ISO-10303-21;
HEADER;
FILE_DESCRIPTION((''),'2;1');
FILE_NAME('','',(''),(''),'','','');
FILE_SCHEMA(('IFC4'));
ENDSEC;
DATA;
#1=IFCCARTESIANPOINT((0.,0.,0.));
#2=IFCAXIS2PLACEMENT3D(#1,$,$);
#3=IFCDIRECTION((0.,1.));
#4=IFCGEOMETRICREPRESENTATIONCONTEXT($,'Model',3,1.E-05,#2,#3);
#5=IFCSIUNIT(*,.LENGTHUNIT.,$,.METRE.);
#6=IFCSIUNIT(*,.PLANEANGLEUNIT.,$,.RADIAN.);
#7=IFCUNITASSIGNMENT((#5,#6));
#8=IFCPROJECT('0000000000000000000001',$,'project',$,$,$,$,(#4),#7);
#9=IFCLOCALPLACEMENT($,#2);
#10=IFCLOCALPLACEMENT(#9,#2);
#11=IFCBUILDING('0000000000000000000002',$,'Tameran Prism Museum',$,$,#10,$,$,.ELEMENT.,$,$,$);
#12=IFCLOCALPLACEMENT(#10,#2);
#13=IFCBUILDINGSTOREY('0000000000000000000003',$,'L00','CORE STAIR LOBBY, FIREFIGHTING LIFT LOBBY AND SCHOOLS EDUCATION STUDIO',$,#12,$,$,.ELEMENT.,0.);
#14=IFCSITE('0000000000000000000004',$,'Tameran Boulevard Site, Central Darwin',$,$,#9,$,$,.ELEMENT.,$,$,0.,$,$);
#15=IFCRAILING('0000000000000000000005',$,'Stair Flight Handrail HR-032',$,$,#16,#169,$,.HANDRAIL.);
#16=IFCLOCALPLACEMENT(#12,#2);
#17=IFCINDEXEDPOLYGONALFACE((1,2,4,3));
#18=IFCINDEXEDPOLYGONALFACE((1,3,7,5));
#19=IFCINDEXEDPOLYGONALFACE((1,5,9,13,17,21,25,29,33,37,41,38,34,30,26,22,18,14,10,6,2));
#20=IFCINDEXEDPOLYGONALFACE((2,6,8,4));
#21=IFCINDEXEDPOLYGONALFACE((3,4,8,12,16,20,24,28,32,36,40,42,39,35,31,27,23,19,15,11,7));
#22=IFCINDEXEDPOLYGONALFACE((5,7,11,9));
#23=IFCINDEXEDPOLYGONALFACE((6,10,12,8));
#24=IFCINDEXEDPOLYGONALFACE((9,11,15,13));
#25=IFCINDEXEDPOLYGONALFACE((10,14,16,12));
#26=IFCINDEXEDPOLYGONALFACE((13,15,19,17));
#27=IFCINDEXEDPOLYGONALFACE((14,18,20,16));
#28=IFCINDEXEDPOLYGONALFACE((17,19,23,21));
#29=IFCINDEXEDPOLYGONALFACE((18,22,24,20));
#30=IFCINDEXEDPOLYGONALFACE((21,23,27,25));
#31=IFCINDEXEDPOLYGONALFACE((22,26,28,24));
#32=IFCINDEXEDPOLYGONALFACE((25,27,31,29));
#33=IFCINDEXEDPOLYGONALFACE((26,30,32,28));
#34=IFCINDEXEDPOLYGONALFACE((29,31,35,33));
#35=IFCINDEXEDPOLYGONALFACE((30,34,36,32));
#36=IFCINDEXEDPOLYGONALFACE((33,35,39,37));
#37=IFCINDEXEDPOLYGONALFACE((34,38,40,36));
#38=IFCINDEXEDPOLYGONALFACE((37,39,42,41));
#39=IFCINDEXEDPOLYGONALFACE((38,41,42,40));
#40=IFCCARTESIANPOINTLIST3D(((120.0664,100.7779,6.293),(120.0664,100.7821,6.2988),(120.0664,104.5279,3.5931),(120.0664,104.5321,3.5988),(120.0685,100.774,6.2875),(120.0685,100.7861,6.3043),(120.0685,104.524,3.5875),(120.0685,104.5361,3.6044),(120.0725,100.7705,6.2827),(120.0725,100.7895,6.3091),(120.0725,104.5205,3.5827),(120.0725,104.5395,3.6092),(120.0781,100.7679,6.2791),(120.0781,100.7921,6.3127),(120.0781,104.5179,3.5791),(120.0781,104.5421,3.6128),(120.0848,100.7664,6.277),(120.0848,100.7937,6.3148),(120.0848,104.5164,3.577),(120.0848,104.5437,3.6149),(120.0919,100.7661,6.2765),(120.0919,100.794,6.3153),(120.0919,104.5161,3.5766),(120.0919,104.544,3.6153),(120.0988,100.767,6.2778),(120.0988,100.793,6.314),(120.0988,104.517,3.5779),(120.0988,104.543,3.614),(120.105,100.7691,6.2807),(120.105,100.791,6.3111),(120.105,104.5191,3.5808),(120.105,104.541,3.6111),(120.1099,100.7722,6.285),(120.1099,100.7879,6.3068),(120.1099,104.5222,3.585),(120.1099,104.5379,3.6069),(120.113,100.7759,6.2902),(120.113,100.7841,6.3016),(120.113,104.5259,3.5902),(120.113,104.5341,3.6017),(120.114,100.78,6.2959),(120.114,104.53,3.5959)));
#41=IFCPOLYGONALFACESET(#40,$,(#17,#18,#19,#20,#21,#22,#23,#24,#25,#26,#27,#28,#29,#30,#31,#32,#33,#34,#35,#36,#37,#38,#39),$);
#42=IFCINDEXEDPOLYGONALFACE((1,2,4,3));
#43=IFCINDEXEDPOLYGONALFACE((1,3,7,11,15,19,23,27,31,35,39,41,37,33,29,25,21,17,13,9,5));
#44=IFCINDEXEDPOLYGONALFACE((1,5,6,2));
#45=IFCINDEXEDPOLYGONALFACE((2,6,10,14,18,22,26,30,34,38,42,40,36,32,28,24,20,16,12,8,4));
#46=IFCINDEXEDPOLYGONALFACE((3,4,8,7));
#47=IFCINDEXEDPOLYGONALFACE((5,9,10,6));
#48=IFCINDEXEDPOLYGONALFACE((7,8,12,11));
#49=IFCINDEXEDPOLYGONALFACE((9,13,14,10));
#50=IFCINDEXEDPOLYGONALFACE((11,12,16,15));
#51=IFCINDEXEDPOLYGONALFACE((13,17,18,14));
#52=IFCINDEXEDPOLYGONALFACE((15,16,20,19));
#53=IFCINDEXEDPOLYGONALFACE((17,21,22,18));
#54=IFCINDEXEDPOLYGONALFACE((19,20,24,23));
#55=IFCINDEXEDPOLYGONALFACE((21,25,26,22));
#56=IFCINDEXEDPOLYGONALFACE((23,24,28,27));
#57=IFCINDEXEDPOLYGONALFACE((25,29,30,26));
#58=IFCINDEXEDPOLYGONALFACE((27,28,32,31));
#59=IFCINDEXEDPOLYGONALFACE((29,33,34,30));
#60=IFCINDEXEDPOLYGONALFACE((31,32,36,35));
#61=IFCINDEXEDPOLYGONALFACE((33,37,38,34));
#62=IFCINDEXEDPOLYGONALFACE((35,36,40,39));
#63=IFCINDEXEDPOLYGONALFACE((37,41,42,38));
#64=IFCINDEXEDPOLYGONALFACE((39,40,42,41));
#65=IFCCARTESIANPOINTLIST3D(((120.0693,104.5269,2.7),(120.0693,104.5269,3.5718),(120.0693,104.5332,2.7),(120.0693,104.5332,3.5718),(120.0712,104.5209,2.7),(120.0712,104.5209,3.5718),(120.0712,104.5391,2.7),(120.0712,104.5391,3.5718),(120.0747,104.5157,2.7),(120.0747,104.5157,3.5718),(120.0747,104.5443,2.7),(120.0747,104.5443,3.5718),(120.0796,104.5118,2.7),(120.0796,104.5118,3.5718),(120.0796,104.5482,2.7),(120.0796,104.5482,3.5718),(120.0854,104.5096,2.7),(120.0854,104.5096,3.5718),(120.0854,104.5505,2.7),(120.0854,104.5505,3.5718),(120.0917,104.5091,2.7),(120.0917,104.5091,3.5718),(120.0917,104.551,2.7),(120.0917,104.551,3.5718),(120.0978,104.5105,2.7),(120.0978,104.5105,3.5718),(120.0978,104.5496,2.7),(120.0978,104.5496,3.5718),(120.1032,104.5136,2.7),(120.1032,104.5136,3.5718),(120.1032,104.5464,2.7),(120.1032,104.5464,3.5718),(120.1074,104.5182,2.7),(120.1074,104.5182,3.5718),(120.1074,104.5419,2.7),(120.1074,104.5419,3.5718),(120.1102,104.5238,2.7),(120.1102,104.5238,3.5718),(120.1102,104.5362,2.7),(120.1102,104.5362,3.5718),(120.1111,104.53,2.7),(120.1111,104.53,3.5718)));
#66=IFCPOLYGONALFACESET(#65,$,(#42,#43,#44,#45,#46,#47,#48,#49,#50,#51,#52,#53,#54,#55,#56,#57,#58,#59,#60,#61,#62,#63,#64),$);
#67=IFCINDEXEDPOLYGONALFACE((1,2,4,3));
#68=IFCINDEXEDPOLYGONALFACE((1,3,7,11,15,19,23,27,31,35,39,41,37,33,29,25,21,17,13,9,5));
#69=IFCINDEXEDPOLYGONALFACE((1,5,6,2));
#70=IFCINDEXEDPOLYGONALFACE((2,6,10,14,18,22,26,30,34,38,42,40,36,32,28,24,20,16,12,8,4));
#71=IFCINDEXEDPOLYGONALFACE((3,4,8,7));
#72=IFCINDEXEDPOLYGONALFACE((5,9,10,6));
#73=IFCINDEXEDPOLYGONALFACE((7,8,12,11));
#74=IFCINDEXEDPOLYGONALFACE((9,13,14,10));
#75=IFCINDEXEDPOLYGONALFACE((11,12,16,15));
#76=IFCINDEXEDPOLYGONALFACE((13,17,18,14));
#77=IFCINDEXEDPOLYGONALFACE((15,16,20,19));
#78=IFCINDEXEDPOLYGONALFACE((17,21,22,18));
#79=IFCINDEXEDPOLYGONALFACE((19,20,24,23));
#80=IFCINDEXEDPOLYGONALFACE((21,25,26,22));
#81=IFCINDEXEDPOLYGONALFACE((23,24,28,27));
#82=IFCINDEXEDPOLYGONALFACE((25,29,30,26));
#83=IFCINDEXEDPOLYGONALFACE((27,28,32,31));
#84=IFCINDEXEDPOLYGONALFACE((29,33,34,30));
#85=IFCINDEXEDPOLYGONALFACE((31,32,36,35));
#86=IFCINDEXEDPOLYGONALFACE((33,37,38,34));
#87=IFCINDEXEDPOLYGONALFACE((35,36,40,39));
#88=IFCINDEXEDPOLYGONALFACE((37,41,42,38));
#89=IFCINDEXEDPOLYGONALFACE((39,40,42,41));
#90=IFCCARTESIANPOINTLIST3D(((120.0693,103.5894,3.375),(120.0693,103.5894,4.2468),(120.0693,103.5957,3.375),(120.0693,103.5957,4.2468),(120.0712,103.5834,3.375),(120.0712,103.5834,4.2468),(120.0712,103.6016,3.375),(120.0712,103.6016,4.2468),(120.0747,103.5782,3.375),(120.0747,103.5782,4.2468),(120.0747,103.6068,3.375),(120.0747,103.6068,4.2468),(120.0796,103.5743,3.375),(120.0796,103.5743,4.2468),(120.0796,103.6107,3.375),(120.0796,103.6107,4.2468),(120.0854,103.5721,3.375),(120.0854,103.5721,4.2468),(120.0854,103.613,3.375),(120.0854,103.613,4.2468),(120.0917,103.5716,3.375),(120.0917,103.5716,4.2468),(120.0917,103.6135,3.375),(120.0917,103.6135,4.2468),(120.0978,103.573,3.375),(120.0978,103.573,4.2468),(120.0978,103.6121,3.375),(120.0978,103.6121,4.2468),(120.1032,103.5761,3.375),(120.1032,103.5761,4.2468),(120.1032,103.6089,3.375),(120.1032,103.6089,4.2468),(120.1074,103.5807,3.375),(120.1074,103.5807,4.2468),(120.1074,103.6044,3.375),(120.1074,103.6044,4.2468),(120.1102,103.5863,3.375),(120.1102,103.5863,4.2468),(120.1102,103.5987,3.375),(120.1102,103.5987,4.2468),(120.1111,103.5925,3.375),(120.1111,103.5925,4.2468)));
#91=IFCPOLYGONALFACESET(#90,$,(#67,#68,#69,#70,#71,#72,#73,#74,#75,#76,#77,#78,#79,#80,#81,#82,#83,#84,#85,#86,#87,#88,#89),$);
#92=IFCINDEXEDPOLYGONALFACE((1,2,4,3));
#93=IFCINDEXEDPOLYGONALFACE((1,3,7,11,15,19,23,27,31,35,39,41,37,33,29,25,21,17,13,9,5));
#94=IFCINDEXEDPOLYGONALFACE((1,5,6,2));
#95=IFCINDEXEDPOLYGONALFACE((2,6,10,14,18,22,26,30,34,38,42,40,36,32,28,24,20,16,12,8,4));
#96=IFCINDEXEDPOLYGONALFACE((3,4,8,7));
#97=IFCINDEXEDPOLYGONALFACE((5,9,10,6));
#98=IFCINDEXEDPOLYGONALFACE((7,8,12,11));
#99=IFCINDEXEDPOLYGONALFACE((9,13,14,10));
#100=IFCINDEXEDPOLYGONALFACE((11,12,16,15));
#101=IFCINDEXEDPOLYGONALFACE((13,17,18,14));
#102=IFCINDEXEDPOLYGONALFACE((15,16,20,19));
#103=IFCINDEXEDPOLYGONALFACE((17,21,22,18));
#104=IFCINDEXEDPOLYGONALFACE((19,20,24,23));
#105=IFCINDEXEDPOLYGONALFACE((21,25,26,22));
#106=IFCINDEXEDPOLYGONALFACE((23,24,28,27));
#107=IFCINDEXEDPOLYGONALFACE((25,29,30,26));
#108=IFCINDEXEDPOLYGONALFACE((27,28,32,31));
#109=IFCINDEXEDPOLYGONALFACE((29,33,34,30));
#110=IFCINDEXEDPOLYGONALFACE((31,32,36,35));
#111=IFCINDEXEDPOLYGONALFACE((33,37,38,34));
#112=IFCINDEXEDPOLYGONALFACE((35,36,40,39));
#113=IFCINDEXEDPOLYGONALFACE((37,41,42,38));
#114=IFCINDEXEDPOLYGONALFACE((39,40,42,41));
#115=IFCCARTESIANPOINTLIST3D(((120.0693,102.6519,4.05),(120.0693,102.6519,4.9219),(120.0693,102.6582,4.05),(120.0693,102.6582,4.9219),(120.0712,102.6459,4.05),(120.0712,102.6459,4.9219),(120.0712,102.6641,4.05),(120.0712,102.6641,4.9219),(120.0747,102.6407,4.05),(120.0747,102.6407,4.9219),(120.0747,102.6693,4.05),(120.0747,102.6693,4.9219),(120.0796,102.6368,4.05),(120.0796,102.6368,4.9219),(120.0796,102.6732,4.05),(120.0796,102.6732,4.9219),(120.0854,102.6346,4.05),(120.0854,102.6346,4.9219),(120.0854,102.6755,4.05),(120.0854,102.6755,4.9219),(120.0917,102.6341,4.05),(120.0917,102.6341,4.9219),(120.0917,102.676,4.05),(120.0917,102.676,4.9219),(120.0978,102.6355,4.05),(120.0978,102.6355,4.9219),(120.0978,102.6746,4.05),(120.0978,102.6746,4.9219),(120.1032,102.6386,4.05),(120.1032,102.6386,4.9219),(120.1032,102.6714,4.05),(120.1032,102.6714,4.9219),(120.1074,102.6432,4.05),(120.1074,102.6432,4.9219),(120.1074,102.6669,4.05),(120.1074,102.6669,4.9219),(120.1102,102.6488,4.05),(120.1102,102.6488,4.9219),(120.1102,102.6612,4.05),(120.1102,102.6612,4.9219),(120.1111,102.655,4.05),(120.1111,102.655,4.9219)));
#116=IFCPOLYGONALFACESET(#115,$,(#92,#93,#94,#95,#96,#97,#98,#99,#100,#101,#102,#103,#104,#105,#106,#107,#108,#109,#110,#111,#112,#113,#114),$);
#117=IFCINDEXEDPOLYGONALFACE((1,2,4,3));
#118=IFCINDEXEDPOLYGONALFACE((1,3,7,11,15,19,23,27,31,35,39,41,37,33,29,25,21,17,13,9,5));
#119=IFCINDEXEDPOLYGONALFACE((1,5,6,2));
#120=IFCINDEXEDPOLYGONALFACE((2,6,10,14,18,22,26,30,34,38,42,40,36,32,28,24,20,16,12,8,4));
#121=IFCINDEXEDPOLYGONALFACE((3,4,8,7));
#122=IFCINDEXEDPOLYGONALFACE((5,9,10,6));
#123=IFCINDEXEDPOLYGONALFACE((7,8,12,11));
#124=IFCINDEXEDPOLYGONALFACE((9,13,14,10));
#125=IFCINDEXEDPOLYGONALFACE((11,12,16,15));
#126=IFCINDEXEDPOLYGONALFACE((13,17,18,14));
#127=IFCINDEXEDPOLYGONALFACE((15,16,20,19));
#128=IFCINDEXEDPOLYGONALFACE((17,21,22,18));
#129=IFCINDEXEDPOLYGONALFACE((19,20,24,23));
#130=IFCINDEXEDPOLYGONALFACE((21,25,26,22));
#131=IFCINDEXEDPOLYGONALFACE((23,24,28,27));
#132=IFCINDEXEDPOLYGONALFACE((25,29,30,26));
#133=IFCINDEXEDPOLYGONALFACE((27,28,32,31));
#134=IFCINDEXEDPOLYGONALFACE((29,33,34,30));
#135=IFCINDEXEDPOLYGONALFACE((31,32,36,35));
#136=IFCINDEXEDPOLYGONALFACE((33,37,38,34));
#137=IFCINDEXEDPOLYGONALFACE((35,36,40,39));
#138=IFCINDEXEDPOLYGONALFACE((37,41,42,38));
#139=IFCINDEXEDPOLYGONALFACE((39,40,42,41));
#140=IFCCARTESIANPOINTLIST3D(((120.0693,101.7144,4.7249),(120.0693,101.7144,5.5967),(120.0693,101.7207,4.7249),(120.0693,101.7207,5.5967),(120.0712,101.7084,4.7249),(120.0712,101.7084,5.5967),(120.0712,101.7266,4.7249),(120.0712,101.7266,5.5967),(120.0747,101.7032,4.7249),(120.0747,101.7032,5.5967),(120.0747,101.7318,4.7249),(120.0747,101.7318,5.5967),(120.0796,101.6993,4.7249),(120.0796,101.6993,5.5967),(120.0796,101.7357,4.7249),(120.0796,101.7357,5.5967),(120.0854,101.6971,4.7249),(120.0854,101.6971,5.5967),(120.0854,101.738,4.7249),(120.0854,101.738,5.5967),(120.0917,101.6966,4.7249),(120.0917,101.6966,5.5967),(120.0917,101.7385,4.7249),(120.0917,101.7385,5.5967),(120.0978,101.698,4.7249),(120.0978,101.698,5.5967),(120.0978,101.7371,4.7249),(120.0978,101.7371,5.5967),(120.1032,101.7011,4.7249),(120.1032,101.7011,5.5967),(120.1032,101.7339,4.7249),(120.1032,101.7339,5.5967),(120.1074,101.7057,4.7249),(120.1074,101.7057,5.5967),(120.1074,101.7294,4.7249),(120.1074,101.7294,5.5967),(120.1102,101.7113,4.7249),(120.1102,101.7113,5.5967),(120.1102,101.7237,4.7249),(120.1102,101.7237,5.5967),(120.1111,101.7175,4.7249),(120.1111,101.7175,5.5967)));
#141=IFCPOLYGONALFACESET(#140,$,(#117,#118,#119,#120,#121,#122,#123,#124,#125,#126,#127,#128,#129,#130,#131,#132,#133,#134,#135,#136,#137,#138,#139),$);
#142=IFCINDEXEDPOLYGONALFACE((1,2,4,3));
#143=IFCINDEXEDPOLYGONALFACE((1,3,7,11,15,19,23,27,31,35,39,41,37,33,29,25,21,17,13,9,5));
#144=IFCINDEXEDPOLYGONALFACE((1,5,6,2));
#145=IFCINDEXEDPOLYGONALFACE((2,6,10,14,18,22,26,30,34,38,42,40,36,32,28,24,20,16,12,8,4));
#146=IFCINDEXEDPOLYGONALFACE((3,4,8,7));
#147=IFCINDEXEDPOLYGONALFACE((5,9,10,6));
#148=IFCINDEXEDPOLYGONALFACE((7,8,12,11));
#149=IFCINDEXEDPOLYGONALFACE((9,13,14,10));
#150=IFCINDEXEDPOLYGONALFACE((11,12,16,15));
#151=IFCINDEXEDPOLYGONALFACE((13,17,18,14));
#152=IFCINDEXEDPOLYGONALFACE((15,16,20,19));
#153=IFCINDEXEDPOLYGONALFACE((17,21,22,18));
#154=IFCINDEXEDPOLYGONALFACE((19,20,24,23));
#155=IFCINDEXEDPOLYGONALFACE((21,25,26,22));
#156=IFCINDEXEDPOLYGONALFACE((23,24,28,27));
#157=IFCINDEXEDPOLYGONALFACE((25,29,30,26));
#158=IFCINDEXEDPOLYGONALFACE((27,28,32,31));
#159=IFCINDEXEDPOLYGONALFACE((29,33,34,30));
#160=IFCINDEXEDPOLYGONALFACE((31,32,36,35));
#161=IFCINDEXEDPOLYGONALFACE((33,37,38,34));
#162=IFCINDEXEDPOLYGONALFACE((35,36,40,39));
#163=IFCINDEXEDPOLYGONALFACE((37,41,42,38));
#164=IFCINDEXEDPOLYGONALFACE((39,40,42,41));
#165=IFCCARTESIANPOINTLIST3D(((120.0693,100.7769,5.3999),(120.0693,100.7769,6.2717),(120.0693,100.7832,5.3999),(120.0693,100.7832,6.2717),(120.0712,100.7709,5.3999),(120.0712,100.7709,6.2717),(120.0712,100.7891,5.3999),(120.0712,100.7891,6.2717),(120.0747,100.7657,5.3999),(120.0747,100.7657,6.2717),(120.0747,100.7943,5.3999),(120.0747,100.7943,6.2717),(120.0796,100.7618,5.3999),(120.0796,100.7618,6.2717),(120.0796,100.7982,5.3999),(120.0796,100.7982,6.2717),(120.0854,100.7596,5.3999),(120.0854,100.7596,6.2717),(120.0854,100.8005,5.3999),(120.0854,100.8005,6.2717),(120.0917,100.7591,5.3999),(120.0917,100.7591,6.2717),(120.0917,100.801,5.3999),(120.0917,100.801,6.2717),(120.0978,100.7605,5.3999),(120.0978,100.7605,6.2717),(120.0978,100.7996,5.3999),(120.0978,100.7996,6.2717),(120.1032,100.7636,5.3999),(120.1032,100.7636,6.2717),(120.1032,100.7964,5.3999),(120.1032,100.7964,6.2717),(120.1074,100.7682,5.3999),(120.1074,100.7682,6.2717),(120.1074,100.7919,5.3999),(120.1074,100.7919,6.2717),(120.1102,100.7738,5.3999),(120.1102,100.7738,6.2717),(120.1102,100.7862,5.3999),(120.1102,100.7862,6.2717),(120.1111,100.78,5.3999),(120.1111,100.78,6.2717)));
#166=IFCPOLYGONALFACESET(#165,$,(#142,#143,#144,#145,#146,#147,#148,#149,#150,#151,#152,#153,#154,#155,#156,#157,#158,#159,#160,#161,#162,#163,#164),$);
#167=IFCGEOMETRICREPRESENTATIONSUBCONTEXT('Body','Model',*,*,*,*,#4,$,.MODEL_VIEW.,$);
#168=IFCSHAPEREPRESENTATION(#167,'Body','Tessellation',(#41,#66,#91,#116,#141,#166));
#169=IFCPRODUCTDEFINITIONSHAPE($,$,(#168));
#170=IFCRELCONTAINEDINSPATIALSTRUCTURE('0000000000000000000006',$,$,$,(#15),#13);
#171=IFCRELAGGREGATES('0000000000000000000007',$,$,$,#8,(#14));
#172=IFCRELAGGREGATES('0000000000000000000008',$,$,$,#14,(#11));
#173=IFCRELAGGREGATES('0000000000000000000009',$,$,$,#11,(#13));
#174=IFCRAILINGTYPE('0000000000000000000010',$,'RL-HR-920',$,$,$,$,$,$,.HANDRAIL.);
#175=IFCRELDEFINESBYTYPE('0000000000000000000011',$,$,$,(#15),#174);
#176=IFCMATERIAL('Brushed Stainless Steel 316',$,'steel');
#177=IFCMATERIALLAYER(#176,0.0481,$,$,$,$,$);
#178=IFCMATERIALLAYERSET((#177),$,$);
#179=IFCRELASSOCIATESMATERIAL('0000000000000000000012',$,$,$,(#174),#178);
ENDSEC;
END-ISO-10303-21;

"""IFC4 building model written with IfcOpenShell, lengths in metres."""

from ifc_helpers import new_model, si_unit, direction, frame, origin, origin_2d, place, context, subcontext, project, spatial, circle, extrude, material, layer, layer_set, type_object, element, save


model = new_model("IFC4")

# Units and contexts
model_context = context("Model", 3, precision=1e-05, world=origin(), true_north=direction((0.0, 1.0)))
body_context = subcontext(model_context, "Body", "Model", "MODEL_VIEW")
ifc_project = project(units=[si_unit("LENGTHUNIT", "METRE"), si_unit("PLANEANGLEUNIT", "RADIAN")], contexts=[model_context])

# Site, building, storey
site_placement = place(None, origin())
site = spatial("IfcSite", under=ifc_project, at=site_placement, Name="Tameran Boulevard Site, Central Darwin", CompositionType="ELEMENT", RefElevation=0.0)
building_placement = place(site_placement, origin())
building = spatial("IfcBuilding", under=site, at=building_placement, Name="Tameran Prism Museum", CompositionType="ELEMENT")
storey_placement = place(building_placement, origin())
storey = spatial("IfcBuildingStorey", under=building, at=storey_placement, Name="L00", Description="CORE STAIR LOBBY, FIREFIGHTING LIFT LOBBY AND SCHOOLS EDUCATION STUDIO", CompositionType="ELEMENT", Elevation=0.0)

# Railing
ifc_material_1 = material(Name="Brushed Stainless Steel 316", Category="steel")
ifc_layer_1 = layer(ifc_material_1, 0.0481)
ifc_layer_set_1 = layer_set([ifc_layer_1])
railing_type_1 = type_object("IfcRailingType", Name="RL-HR-920", PredefinedType="HANDRAIL", material=ifc_layer_set_1)
railing_1_placement = place(storey_placement, frame((120.0901, 104.53, 2.7)))
element("IfcRailing", 1, at=railing_1_placement, inside=storey, type_object=railing_type_1, Name="Stair Flight Handrail HR-032", PredefinedType="HANDRAIL", context=body_context, shape_type="SweptSolid", body=[
    extrude(circle(Radius=0.0239, at=origin_2d()), frame((0.0, 0.0, 0.896), z_axis=(0.0, -0.811539, 0.584298), x_axis=(1.0, 0.0, 0.0)), (0.0, 0.0, 1.0), 4.6208),
    extrude(circle(Radius=0.021, at=origin_2d()), origin(), (0.0, 0.0, 1.0), 0.8718),
    extrude(circle(Radius=0.021, at=origin_2d()), frame((0.0, -0.9375, 0.675)), (0.0, 0.0, 1.0), 0.8718),
    extrude(circle(Radius=0.021, at=origin_2d()), frame((0.0, -1.875, 1.3501)), (0.0, 0.0, 1.0), 0.8718),
    extrude(circle(Radius=0.021, at=origin_2d()), frame((0.0, -2.8125, 2.0249)), (0.0, 0.0, 1.0), 0.8718),
    extrude(circle(Radius=0.021, at=origin_2d()), frame((0.0, -3.75, 2.7)), (0.0, 0.0, 1.0), 0.8718),
])

save(model, "model.ifc")
